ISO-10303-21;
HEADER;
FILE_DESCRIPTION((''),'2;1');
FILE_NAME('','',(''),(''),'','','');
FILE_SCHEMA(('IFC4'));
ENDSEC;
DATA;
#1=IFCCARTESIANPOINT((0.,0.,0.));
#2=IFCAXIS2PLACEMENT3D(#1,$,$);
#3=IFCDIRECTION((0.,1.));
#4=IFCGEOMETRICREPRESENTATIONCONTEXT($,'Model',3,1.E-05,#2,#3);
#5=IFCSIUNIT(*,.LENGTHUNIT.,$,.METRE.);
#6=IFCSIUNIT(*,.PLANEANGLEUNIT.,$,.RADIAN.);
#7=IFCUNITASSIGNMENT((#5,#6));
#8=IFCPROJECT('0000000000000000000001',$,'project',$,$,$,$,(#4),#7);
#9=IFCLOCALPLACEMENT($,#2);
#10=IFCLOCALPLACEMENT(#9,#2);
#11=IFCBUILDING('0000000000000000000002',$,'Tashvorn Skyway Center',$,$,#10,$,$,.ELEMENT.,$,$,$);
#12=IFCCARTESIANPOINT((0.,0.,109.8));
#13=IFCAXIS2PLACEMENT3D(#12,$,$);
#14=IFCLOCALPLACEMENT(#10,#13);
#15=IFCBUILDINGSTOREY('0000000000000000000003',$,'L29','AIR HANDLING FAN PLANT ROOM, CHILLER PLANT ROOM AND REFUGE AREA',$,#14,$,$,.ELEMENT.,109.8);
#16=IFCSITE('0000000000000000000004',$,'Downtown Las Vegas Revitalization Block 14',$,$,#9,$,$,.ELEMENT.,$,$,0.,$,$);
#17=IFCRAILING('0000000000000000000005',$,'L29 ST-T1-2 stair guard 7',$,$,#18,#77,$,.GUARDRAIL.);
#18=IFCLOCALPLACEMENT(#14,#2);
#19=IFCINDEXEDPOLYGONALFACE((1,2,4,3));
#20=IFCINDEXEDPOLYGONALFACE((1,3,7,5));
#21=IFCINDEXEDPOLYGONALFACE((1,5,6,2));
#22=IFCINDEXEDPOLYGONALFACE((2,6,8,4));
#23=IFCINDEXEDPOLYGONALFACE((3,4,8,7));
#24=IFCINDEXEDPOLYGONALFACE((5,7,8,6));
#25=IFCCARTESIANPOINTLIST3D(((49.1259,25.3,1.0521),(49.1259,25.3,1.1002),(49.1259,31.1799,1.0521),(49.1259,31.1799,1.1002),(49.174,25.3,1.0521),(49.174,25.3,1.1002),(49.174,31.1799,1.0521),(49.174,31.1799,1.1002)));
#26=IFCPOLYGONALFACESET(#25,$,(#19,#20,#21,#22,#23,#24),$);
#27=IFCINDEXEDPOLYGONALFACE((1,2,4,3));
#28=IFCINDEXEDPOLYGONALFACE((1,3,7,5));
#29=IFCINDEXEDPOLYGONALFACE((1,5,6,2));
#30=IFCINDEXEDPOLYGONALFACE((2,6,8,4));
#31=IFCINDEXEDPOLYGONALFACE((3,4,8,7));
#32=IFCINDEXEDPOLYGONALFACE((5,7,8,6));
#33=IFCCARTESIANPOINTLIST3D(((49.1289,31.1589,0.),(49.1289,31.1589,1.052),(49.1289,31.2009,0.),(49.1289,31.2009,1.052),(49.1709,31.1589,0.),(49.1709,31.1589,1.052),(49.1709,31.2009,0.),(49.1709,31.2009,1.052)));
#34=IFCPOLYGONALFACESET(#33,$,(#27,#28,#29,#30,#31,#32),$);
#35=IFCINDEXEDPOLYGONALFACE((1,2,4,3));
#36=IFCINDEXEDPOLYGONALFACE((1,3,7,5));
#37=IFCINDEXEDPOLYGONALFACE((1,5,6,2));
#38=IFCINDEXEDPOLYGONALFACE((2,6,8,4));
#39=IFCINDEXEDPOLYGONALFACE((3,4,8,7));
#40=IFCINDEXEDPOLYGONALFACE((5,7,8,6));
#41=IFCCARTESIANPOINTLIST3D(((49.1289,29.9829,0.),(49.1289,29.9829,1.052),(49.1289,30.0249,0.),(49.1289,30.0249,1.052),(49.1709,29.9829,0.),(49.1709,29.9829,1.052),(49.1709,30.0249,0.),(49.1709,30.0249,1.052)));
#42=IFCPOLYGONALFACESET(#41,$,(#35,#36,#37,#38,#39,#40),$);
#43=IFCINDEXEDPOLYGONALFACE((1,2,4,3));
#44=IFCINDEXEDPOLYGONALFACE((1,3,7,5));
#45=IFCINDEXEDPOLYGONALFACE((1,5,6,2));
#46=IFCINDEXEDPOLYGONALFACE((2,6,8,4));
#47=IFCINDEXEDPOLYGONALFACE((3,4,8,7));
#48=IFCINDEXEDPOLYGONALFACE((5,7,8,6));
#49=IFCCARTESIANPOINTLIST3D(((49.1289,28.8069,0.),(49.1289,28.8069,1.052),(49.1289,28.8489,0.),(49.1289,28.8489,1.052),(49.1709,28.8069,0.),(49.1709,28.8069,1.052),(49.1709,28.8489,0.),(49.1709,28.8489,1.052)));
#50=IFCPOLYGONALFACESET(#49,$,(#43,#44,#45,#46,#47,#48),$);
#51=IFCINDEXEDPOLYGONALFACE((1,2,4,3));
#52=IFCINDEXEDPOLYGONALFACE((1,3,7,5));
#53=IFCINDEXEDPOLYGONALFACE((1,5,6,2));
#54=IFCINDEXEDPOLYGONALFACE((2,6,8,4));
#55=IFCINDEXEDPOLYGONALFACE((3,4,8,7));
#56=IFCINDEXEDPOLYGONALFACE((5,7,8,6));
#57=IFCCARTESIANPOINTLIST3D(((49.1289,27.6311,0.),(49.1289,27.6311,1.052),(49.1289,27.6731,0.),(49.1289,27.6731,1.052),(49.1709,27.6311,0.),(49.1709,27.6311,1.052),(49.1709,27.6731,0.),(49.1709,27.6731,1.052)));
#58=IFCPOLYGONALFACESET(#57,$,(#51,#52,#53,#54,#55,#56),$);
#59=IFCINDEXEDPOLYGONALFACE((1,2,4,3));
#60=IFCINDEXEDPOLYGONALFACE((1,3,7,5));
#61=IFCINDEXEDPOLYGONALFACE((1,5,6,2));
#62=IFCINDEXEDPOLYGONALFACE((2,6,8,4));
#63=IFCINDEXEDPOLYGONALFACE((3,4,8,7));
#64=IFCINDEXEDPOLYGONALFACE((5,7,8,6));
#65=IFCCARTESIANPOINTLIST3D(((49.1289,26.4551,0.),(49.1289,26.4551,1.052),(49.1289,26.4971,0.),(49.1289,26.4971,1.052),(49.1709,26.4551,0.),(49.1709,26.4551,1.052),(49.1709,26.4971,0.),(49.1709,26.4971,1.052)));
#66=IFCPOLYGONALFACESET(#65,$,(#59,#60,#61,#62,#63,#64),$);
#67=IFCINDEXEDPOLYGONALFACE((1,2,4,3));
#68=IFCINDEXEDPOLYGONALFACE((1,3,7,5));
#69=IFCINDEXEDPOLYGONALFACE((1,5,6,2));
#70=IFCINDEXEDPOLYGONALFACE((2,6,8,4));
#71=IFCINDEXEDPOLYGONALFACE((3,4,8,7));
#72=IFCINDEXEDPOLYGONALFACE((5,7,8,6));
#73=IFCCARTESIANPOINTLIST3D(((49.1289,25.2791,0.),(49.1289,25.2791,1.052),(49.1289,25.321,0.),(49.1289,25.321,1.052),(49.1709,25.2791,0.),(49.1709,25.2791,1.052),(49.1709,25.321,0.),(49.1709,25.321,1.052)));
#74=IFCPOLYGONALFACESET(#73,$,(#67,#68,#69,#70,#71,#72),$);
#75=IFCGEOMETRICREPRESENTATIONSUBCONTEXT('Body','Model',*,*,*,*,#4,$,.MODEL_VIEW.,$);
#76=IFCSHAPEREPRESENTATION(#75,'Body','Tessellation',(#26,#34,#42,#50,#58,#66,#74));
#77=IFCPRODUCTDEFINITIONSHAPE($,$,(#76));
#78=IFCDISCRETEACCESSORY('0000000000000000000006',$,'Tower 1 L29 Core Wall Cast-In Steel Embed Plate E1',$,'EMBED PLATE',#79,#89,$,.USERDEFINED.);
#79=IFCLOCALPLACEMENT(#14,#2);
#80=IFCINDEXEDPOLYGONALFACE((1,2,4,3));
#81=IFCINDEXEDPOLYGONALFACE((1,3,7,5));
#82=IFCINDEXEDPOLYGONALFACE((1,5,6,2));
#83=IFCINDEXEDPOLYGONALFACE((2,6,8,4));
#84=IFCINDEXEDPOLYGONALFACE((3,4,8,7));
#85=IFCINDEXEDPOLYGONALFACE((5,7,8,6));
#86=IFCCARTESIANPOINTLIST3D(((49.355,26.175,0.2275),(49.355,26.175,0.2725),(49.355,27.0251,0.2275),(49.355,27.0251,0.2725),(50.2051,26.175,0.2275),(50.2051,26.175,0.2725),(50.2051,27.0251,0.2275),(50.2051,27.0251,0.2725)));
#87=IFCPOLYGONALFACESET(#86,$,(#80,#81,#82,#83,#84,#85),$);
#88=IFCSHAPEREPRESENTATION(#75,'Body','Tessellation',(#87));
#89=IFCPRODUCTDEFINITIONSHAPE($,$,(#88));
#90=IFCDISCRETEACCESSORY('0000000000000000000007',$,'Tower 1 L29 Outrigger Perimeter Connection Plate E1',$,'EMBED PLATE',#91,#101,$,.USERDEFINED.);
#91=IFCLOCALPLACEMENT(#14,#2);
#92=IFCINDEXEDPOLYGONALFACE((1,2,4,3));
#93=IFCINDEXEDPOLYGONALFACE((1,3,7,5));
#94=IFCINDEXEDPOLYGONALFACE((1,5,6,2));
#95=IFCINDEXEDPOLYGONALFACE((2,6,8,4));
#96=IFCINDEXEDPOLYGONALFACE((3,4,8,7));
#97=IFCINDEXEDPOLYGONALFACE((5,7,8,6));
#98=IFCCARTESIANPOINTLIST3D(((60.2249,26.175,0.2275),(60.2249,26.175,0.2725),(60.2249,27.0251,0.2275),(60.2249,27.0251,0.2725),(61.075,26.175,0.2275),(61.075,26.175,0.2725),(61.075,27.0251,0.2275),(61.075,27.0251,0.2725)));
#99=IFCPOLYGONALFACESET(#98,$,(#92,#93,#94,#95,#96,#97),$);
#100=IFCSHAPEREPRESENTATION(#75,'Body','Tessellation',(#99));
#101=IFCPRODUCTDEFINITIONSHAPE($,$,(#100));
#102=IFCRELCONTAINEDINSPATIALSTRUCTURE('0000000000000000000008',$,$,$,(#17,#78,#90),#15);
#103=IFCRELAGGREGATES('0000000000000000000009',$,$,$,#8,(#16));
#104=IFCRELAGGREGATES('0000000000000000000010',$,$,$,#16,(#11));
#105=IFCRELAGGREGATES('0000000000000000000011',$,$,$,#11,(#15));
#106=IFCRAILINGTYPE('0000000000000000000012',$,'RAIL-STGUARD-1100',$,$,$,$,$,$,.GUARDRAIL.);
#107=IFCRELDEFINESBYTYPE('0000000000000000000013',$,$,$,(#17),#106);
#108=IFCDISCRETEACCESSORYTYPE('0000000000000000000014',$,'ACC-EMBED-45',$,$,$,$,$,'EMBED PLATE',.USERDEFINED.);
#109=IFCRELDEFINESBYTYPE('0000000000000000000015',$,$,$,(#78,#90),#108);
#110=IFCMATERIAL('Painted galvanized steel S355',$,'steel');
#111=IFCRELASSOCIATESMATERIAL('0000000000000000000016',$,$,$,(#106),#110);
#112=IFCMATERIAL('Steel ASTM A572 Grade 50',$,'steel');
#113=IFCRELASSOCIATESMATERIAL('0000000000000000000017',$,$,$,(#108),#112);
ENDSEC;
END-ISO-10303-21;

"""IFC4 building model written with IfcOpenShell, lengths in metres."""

from ifc_helpers import new_model, si_unit, direction, frame, origin, origin_2d, place, context, subcontext, project, spatial, rectangle, extrude, material, type_object, element, save


model = new_model("IFC4")

# Units and contexts
model_context = context("Model", 3, precision=1e-05, world=origin(), true_north=direction((0.0, 1.0)))
body_context = subcontext(model_context, "Body", "Model", "MODEL_VIEW")
ifc_project = project(units=[si_unit("LENGTHUNIT", "METRE"), si_unit("PLANEANGLEUNIT", "RADIAN")], contexts=[model_context])

# Site, building, storey
site_placement = place(None, origin())
site = spatial("IfcSite", under=ifc_project, at=site_placement, Name="Downtown Las Vegas Revitalization Block 14", CompositionType="ELEMENT", RefElevation=0.0)
building_placement = place(site_placement, origin())
building = spatial("IfcBuilding", under=site, at=building_placement, Name="Tashvorn Skyway Center", CompositionType="ELEMENT")
storey_placement = place(building_placement, frame((0.0, 0.0, 109.8)))
storey = spatial("IfcBuildingStorey", under=building, at=storey_placement, Name="L29", Description="AIR HANDLING FAN PLANT ROOM, CHILLER PLANT ROOM AND REFUGE AREA", CompositionType="ELEMENT", Elevation=109.8)

# Shared definitions
ifc_material_1 = material(Name="Steel ASTM A572 Grade 50", Category="steel")

# Railing
ifc_material_2 = material(Name="Painted galvanized steel S355", Category="steel")
railing_type_1 = type_object("IfcRailingType", Name="RAIL-STGUARD-1100", PredefinedType="GUARDRAIL", material=ifc_material_2)
railing_1_placement = place(storey_placement, frame((49.1499, 31.1799, 0.0)))
element("IfcRailing", 1, at=railing_1_placement, inside=storey, type_object=railing_type_1, Name="L29 ST-T1-2 stair guard 7", PredefinedType="GUARDRAIL", context=body_context, shape_type="SweptSolid", body=[
    extrude(rectangle(XDim=0.0481, YDim=0.0481, at=origin_2d()), frame((0.0, 0.0, 1.0762), z_axis=(0.0, -1.0, 0.0), x_axis=(1.0, 0.0, 0.0)), (0.0, 0.0, 1.0), 5.8799),
    extrude(rectangle(XDim=0.042, YDim=0.042, at=origin_2d()), origin(), (0.0, 0.0, 1.0), 1.052),
    extrude(rectangle(XDim=0.042, YDim=0.042, at=origin_2d()), frame((0.0, -1.176, 0.0)), (0.0, 0.0, 1.0), 1.052),
    extrude(rectangle(XDim=0.042, YDim=0.042, at=origin_2d()), frame((0.0, -2.3521, 0.0)), (0.0, 0.0, 1.0), 1.052),
    extrude(rectangle(XDim=0.042, YDim=0.042, at=origin_2d()), frame((0.0, -3.5278, 0.0)), (0.0, 0.0, 1.0), 1.052),
    extrude(rectangle(XDim=0.042, YDim=0.042, at=origin_2d()), frame((0.0, -4.7039, 0.0)), (0.0, 0.0, 1.0), 1.052),
    extrude(rectangle(XDim=0.042, YDim=0.042, at=origin_2d()), frame((0.0, -5.8799, 0.0)), (0.0, 0.0, 1.0), 1.052),
])

# Discrete accessories
discrete_accessory_type = type_object("IfcDiscreteAccessoryType", Name="ACC-EMBED-45", ElementType="EMBED PLATE", PredefinedType="USERDEFINED", material=ifc_material_1)
for number, where, z_axis, x_axis, name in (
    (2, (49.78, 26.6001, 0.2275), (0.0, 0.0, 1.0), (1.0, 0.0, 0.0), "Tower 1 L29 Core Wall Cast-In Steel Embed Plate E1"),
    (3, (60.6499, 26.6001, 0.2275), (0.0, 0.0, 1.0), (1.0, 0.0, 0.0), "Tower 1 L29 Outrigger Perimeter Connection Plate E1"),
):
    element("IfcDiscreteAccessory", number, at=place(storey_placement, frame(where, z_axis=z_axis, x_axis=x_axis)), inside=storey, type_object=discrete_accessory_type, Name=name, ObjectType="EMBED PLATE", PredefinedType="USERDEFINED", context=body_context, shape_type="SweptSolid", body=[
        extrude(rectangle(XDim=0.8501, YDim=0.8501, at=origin_2d()), origin(), (0.0, 0.0, 1.0), 0.0449),
    ])

save(model, "model.ifc")
